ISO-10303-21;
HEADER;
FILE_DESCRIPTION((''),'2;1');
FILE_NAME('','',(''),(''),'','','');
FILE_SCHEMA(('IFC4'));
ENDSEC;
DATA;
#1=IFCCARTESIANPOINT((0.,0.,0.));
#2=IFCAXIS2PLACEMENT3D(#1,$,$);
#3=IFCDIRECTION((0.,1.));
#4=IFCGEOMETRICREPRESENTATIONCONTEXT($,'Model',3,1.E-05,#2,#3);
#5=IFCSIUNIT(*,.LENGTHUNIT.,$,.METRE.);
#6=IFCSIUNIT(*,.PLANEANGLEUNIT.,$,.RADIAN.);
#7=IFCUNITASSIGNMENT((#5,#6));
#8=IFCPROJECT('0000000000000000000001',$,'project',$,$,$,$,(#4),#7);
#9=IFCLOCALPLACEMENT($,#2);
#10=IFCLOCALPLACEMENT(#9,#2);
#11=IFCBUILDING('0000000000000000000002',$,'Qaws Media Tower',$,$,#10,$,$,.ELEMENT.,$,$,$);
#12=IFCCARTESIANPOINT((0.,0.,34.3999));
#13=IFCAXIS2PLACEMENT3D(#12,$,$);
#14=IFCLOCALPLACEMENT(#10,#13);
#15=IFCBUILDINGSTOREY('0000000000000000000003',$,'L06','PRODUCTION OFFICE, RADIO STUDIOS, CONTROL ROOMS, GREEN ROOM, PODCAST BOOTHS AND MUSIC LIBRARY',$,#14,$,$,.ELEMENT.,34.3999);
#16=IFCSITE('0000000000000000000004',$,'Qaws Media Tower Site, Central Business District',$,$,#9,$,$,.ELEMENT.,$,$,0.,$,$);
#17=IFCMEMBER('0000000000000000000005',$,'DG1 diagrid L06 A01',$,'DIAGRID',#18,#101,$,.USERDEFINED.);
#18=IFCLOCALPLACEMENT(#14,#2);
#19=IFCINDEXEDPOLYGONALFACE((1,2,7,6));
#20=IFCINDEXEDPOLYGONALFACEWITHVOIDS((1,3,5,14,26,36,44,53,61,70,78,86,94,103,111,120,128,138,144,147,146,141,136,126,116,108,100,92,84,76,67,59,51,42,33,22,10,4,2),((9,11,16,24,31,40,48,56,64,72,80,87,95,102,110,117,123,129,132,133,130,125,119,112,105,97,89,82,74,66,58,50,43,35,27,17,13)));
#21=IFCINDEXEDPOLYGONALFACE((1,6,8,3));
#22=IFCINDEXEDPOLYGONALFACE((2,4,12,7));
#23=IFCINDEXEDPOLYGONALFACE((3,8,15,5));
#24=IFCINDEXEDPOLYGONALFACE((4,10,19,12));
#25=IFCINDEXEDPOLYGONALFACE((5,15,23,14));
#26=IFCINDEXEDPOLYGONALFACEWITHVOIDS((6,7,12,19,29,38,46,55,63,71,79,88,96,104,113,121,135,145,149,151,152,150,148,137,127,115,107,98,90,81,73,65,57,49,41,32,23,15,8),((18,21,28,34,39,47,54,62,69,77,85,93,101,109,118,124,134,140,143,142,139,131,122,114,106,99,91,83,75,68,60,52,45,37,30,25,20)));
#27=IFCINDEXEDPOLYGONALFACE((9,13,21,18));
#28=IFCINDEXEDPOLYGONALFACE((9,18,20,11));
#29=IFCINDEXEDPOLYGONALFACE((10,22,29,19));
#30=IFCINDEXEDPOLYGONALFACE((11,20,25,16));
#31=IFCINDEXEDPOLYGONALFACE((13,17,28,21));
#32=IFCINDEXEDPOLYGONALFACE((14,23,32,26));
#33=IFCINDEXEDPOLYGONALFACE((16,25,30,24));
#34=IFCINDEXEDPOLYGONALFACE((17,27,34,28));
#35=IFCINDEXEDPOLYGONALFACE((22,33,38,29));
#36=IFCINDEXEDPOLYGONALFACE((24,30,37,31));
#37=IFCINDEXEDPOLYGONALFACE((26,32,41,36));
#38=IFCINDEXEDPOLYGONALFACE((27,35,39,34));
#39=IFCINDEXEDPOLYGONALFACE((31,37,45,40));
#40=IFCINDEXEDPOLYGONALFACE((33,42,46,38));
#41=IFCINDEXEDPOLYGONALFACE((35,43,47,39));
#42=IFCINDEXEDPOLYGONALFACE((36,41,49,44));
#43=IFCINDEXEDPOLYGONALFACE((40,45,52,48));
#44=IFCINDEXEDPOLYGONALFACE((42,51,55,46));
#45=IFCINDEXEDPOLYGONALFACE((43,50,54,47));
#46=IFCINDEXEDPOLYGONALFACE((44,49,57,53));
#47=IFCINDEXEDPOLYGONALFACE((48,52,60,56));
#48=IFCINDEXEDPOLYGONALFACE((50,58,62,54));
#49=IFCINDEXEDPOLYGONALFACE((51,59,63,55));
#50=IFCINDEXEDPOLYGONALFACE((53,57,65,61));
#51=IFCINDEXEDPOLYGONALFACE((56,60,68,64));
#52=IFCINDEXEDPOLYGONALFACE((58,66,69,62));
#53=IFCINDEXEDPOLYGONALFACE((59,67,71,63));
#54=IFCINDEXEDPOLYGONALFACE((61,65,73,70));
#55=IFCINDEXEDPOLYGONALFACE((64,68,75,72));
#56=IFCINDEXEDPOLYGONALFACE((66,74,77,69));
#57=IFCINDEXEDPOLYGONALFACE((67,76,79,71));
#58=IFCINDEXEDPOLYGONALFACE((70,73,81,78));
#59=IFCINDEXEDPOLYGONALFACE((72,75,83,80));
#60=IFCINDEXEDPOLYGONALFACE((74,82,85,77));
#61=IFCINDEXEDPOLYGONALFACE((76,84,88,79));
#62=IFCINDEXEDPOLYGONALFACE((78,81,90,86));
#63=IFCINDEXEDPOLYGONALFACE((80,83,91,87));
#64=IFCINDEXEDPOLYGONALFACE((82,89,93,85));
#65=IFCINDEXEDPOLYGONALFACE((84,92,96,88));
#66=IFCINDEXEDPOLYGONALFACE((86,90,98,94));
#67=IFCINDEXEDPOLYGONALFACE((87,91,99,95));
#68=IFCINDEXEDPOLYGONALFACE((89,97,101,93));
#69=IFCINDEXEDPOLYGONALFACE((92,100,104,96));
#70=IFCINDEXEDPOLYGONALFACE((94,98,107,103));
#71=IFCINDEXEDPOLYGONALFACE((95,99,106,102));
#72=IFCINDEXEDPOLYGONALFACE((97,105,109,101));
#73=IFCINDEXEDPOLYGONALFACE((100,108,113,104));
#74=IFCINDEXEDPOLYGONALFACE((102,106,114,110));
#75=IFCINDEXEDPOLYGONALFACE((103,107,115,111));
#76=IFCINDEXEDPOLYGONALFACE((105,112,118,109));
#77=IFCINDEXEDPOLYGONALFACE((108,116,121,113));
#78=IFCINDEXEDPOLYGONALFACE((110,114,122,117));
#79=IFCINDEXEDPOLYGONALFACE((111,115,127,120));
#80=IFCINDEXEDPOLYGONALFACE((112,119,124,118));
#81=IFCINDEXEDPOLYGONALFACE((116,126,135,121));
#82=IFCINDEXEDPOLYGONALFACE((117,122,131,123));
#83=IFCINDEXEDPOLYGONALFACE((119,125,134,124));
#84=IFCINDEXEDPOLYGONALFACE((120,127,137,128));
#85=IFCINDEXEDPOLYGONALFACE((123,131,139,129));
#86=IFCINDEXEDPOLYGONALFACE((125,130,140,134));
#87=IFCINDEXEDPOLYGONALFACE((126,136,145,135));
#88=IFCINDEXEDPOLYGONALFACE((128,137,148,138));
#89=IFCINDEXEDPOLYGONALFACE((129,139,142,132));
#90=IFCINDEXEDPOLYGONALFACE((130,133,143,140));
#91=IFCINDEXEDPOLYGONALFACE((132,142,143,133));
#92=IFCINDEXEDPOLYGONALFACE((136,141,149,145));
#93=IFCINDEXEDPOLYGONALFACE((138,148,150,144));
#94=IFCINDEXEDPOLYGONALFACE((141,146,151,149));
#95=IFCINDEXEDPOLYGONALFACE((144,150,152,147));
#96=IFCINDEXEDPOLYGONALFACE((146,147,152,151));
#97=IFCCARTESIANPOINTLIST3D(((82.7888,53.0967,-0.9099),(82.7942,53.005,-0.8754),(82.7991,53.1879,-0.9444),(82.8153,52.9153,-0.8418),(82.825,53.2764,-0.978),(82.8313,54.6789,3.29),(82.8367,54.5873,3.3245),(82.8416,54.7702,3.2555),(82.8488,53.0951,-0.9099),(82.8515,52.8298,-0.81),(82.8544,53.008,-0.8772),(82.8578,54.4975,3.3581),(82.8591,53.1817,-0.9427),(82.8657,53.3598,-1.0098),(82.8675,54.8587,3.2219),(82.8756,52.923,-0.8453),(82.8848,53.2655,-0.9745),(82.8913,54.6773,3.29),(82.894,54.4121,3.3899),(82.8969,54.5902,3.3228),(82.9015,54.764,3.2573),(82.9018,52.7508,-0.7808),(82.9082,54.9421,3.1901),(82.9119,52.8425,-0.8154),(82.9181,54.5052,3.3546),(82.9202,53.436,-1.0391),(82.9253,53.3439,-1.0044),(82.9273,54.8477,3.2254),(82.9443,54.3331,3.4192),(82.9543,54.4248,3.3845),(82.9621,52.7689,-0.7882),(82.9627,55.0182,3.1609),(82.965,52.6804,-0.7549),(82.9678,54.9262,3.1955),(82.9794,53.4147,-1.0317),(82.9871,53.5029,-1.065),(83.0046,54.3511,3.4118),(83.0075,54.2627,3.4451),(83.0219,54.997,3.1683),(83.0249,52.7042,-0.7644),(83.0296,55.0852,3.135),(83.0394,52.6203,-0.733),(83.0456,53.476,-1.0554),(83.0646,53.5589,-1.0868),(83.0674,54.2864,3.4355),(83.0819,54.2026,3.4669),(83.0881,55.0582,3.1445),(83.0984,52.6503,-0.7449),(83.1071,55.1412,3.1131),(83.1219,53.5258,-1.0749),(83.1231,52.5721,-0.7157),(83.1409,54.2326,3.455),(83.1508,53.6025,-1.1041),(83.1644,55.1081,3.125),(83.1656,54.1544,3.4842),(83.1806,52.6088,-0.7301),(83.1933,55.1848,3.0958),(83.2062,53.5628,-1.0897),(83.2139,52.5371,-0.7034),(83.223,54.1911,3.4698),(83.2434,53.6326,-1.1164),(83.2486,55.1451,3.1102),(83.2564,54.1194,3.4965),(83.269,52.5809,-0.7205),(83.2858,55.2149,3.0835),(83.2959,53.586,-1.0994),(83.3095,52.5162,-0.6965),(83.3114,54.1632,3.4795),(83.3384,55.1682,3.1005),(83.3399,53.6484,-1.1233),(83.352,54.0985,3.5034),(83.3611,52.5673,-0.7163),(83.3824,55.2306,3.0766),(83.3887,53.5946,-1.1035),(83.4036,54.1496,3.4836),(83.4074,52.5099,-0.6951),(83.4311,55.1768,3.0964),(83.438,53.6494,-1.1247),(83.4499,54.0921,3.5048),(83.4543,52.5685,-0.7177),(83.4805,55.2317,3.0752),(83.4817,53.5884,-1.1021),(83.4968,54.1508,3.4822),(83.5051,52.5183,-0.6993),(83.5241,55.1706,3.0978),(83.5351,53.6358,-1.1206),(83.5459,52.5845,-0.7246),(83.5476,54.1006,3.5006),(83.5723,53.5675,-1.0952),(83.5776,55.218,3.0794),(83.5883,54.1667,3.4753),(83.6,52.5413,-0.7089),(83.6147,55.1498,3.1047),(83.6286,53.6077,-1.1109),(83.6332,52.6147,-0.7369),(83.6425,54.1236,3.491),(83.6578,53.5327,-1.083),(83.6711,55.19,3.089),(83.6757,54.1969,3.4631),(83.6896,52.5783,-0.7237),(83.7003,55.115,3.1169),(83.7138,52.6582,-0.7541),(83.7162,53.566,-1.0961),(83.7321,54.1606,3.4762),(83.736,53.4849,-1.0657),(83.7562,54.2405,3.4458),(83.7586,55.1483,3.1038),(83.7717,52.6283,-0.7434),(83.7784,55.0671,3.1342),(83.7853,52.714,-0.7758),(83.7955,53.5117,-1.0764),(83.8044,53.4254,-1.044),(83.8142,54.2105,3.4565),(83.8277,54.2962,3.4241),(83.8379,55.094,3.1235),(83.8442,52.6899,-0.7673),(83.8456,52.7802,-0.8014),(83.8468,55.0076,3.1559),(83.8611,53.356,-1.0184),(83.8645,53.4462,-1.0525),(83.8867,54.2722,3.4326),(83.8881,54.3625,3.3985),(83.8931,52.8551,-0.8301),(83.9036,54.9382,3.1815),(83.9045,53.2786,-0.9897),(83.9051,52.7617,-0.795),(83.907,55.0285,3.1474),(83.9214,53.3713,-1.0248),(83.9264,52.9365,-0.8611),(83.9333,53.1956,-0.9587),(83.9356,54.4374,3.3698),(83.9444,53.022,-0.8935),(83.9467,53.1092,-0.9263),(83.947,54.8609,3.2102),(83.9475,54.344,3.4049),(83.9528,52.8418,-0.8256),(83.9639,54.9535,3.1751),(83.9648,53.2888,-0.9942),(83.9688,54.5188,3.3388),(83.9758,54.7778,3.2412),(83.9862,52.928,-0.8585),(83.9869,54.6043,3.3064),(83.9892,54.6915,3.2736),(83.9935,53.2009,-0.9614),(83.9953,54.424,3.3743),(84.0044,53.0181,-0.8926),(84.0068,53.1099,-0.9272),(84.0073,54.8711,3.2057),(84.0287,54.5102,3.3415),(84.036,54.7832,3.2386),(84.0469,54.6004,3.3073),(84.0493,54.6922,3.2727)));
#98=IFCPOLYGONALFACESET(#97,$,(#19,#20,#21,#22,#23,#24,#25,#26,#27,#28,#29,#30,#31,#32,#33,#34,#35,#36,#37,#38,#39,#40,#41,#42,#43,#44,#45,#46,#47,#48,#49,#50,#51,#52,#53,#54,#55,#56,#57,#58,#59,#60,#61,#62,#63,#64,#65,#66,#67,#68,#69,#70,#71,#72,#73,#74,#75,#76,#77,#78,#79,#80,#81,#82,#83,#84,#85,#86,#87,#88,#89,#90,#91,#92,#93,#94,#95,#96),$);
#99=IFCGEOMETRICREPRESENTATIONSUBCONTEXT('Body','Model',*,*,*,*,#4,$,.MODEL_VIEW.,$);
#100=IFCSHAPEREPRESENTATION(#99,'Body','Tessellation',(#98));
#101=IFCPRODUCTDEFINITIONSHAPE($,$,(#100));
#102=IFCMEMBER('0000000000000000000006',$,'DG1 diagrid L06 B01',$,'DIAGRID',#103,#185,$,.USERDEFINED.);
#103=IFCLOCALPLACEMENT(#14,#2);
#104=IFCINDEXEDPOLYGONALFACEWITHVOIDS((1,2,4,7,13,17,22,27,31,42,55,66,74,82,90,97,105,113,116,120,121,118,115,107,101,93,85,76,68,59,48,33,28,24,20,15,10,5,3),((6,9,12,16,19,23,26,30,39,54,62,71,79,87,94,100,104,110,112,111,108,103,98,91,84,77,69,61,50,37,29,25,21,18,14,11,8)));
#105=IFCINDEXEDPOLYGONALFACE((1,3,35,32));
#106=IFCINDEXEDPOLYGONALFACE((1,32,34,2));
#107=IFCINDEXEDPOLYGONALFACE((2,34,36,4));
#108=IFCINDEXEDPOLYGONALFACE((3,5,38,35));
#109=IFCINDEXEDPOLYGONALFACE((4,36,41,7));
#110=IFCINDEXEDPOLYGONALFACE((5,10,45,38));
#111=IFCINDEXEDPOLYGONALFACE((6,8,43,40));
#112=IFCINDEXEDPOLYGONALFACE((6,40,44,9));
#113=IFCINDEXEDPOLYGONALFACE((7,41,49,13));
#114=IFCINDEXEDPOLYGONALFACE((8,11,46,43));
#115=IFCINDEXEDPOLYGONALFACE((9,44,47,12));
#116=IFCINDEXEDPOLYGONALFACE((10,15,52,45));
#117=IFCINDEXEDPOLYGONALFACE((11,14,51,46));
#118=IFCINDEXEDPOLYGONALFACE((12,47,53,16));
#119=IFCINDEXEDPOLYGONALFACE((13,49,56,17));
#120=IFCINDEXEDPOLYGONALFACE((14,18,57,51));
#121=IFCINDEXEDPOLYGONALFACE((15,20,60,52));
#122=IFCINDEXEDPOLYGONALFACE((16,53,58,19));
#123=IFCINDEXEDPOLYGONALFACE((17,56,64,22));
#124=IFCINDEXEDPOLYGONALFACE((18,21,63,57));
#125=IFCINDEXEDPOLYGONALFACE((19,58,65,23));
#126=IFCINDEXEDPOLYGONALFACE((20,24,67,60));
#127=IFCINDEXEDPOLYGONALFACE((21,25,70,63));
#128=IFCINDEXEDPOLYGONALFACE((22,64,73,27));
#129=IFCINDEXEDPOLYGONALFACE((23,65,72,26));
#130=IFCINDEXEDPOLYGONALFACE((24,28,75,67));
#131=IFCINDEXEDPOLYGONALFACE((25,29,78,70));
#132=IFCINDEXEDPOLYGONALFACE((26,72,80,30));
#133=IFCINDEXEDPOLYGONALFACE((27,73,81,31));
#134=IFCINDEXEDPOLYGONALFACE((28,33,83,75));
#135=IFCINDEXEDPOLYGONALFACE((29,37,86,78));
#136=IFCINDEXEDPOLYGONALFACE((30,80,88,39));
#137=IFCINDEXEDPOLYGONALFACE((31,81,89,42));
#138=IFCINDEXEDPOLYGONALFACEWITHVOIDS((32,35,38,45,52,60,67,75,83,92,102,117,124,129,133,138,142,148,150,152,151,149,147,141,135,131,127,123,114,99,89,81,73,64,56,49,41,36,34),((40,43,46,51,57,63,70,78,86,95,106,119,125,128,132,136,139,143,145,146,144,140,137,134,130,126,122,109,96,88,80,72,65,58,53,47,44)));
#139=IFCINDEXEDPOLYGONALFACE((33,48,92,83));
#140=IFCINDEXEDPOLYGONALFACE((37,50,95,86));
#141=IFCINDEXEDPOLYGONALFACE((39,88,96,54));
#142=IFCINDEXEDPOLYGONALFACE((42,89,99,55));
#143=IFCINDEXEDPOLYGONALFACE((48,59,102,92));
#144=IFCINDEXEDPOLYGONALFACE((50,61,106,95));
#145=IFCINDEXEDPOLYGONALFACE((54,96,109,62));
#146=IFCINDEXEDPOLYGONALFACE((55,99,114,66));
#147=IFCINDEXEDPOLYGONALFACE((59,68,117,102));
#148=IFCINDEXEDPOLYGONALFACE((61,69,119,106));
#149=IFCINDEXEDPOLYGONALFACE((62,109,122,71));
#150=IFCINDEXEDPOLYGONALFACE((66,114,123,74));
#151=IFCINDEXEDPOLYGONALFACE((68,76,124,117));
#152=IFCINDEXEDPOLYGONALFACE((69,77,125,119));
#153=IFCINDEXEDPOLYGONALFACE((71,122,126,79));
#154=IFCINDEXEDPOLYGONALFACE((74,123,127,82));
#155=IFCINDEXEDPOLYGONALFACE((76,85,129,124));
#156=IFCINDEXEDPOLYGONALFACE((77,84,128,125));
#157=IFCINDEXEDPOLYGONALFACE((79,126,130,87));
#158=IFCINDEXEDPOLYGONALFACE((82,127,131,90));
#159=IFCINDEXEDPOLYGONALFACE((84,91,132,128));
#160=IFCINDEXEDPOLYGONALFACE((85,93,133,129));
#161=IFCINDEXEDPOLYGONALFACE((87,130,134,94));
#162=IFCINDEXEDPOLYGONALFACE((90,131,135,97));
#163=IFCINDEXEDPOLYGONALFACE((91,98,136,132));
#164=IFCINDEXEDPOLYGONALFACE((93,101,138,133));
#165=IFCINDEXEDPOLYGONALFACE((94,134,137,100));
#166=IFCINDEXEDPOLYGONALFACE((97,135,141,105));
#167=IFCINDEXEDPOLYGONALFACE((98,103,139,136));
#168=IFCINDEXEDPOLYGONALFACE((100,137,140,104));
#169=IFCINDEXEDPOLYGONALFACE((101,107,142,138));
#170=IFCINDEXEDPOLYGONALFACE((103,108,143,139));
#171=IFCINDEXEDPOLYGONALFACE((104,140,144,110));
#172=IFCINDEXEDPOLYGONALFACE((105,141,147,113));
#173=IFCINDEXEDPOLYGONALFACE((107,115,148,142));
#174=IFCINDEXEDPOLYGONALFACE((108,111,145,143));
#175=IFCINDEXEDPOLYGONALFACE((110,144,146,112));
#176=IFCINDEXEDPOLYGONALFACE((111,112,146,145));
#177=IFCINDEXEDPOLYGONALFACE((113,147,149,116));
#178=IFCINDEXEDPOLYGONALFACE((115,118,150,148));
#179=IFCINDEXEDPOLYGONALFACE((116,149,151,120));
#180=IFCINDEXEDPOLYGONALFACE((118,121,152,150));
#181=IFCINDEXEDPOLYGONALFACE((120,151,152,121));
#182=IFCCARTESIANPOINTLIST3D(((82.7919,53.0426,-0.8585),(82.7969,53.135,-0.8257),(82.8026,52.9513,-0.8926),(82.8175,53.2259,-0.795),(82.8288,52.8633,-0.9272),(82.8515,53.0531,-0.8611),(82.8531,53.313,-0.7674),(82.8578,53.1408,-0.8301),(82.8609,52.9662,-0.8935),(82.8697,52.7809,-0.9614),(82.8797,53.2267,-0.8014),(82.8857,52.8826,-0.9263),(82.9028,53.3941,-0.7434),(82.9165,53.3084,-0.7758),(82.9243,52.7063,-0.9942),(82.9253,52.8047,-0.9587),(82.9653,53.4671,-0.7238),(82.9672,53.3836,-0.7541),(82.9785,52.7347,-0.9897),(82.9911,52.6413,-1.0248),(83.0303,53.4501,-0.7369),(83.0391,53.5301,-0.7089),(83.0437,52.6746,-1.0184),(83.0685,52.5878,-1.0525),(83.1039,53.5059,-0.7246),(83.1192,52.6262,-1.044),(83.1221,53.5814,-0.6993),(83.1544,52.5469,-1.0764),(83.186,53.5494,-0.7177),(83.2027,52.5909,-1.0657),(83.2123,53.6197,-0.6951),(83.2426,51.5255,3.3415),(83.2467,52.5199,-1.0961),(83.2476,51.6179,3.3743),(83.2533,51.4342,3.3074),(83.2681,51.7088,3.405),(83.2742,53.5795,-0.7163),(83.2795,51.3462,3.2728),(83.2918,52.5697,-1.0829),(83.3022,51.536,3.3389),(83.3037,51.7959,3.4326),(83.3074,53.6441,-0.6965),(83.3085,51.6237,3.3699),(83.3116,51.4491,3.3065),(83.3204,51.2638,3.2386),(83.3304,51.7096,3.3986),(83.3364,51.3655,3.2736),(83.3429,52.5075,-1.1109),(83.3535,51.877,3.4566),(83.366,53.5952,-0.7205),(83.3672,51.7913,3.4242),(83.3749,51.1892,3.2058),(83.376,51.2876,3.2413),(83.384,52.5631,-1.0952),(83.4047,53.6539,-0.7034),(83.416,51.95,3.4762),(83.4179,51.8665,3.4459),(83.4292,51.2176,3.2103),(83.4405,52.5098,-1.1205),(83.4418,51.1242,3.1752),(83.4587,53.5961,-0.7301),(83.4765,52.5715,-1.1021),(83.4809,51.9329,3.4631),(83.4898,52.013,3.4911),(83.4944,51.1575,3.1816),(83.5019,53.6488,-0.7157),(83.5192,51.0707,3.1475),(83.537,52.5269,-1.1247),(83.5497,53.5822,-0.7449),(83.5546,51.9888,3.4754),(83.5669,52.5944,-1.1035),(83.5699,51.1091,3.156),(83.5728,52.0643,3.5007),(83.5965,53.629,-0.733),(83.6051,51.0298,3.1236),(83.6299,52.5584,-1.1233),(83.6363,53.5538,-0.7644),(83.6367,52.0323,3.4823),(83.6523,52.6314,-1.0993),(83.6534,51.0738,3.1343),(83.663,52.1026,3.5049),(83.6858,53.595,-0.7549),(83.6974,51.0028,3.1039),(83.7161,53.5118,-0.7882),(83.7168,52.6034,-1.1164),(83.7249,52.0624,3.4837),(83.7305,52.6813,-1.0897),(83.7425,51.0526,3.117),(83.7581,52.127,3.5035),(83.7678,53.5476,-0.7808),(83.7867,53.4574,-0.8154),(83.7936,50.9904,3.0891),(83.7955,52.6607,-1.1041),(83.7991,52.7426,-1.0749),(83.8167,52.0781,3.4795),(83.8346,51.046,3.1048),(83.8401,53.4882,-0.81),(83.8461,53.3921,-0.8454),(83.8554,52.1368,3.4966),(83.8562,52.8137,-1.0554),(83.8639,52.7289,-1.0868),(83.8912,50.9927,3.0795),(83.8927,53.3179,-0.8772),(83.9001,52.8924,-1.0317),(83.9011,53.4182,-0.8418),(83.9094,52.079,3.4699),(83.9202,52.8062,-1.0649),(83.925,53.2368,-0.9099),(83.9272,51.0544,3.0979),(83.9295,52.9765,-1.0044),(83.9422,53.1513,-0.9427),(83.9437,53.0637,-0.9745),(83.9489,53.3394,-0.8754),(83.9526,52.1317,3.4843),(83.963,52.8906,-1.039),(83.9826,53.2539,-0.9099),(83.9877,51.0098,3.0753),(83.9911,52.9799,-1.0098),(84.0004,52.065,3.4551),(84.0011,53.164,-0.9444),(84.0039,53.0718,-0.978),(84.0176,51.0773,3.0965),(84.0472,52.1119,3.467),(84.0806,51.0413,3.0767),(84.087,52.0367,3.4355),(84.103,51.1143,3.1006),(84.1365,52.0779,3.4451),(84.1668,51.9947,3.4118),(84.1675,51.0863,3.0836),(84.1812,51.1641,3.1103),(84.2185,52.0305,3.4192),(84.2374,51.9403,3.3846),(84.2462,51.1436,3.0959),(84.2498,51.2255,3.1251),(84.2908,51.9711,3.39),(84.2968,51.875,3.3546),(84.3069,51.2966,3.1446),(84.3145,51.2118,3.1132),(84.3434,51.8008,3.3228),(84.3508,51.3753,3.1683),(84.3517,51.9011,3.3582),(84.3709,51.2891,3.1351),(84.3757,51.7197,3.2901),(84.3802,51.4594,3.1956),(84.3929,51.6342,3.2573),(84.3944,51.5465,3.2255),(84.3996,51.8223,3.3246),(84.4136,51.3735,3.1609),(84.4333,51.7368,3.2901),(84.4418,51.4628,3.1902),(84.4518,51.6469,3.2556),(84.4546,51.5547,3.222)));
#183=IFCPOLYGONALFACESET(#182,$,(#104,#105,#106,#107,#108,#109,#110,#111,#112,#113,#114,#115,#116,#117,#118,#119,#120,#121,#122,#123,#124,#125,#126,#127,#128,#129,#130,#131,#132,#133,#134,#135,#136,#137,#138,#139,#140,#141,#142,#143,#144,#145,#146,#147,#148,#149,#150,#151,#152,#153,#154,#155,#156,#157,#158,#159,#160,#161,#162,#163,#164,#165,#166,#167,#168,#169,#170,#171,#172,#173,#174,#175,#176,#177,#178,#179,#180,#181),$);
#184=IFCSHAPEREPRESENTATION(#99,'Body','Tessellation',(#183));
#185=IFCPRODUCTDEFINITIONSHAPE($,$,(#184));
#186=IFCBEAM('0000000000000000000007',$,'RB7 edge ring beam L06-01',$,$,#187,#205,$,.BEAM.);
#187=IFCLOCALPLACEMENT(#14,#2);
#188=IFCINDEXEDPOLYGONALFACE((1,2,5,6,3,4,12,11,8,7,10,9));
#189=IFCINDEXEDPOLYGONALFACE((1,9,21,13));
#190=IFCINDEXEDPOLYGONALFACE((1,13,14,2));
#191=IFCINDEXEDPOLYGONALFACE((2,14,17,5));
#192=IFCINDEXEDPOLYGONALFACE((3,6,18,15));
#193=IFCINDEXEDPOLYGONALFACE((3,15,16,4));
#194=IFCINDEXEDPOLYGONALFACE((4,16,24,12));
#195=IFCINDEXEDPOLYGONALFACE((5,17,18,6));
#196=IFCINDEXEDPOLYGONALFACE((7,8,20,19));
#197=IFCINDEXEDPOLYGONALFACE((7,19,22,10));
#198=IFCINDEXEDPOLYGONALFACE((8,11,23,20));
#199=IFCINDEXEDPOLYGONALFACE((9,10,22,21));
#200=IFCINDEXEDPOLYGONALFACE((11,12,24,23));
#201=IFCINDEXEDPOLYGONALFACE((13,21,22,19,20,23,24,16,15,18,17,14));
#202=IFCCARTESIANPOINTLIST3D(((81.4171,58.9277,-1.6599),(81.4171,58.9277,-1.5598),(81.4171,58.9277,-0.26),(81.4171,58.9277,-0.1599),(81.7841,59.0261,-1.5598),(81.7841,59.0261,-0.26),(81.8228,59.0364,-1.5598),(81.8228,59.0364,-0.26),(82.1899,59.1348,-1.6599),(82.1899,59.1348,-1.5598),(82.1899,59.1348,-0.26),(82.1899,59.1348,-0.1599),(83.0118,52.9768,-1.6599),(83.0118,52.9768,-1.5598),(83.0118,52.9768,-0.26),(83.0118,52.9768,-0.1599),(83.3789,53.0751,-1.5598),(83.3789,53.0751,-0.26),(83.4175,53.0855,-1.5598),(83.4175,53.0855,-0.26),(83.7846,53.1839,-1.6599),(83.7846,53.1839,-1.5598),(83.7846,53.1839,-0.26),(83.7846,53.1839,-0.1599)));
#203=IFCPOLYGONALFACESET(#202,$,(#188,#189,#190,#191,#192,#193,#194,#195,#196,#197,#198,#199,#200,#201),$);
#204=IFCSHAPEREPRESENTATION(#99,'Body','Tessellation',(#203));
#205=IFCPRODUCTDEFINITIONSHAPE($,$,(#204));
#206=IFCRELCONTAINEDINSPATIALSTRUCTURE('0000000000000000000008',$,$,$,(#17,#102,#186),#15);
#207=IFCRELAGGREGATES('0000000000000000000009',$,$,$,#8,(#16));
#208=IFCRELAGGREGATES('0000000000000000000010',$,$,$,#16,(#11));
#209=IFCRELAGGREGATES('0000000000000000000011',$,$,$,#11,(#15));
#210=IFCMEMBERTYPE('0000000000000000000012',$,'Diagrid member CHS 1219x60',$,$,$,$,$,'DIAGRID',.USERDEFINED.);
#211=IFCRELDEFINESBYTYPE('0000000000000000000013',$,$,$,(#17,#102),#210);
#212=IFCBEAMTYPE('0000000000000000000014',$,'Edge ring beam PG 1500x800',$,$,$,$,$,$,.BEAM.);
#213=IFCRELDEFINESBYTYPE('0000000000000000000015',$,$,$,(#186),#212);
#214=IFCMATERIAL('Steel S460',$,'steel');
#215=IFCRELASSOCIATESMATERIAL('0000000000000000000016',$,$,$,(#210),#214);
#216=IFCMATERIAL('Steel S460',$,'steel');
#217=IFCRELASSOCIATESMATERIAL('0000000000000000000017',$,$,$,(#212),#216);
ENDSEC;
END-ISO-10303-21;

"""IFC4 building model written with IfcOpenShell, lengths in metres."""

from ifc_helpers import new_model, si_unit, direction, frame, origin, origin_2d, place, context, subcontext, project, spatial, hollow_circle, i_section, extrude, material, material_profile, profile_set, type_object, element, save


model = new_model("IFC4")

# Units and contexts
model_context = context("Model", 3, precision=1e-05, world=origin(), true_north=direction((0.0, 1.0)))
body_context = subcontext(model_context, "Body", "Model", "MODEL_VIEW")
ifc_project = project(units=[si_unit("LENGTHUNIT", "METRE"), si_unit("PLANEANGLEUNIT", "RADIAN")], contexts=[model_context])

# Site, building, storey
site_placement = place(None, origin())
site = spatial("IfcSite", under=ifc_project, at=site_placement, Name="Qaws Media Tower Site, Central Business District", CompositionType="ELEMENT", RefElevation=0.0)
building_placement = place(site_placement, origin())
building = spatial("IfcBuilding", under=site, at=building_placement, Name="Qaws Media Tower", CompositionType="ELEMENT")
storey_placement = place(building_placement, frame((0.0, 0.0, 34.3999)))
storey = spatial("IfcBuildingStorey", under=building, at=storey_placement, Name="L06", Description="PRODUCTION OFFICE, RADIO STUDIOS, CONTROL ROOMS, GREEN ROOM, PODCAST BOOTHS AND MUSIC LIBRARY", CompositionType="ELEMENT", Elevation=34.3999)

# Members
ifc_material_1 = material(Name="Steel S460", Category="steel")
ifc_material_profile_1 = material_profile(ifc_material_1, hollow_circle(Radius=0.6096, WallThickness=0.0601, at=origin_2d()), Name="CHS 1219x60")
ifc_profile_set_1 = profile_set([ifc_material_profile_1], Name="Steel S460")
member_type_1 = type_object("IfcMemberType", Name="Diagrid member CHS 1219x60", ElementType="DIAGRID", PredefinedType="USERDEFINED", material=ifc_profile_set_1)
for number, where, z_axis, x_axis, name in (
    (1, (83.3982, 53.0803, -0.9099), (0.009465, 0.352532, 0.935752), (-0.99964, 0.026838, 0.0), "DG1 diagrid L06 A01"),
    (2, (83.3982, 53.0803, -0.9099), (0.100414, -0.338015, 0.935769), (0.958596, 0.284771, 0.0), "DG1 diagrid L06 B01"),
):
    element("IfcMember", number, at=place(storey_placement, frame(where, z_axis=z_axis, x_axis=x_axis)), inside=storey, type_object=member_type_1, Name=name, ObjectType="DIAGRID", PredefinedType="USERDEFINED", context=body_context, shape_type="SweptSolid", body=[
        extrude(hollow_circle(Radius=0.6096, WallThickness=0.0601, at=origin_2d()), origin(), (0.0, 0.0, 1.0), 4.4883),
    ])

# Beam
ifc_material_2 = material(Name="Steel S460", Category="steel")
ifc_material_profile_2 = material_profile(ifc_material_2, i_section(OverallWidth=0.8, OverallDepth=1.5, WebThickness=0.04, FlangeThickness=0.1001, at=origin_2d()), Name="PG 1500x800")
ifc_profile_set_2 = profile_set([ifc_material_profile_2], Name="Steel S460")
beam_type = type_object("IfcBeamType", Name="Edge ring beam PG 1500x800", PredefinedType="BEAM", material=ifc_profile_set_2)
beam_placement = place(storey_placement, frame((83.3982, 53.0803, -0.9099), z_axis=(-0.258846, 0.965919, 0.0), x_axis=(-0.965919, -0.258846, 0.0)))
element("IfcBeam", 3, at=beam_placement, inside=storey, type_object=beam_type, Name="RB7 edge ring beam L06-01", PredefinedType="BEAM", context=body_context, shape_type="SweptSolid", body=[
    extrude(i_section(OverallWidth=0.8, OverallDepth=1.5, WebThickness=0.04, FlangeThickness=0.1001, at=origin_2d()), origin(), (0.0, 0.0, 1.0), 6.1609),
])

save(model, "model.ifc")
